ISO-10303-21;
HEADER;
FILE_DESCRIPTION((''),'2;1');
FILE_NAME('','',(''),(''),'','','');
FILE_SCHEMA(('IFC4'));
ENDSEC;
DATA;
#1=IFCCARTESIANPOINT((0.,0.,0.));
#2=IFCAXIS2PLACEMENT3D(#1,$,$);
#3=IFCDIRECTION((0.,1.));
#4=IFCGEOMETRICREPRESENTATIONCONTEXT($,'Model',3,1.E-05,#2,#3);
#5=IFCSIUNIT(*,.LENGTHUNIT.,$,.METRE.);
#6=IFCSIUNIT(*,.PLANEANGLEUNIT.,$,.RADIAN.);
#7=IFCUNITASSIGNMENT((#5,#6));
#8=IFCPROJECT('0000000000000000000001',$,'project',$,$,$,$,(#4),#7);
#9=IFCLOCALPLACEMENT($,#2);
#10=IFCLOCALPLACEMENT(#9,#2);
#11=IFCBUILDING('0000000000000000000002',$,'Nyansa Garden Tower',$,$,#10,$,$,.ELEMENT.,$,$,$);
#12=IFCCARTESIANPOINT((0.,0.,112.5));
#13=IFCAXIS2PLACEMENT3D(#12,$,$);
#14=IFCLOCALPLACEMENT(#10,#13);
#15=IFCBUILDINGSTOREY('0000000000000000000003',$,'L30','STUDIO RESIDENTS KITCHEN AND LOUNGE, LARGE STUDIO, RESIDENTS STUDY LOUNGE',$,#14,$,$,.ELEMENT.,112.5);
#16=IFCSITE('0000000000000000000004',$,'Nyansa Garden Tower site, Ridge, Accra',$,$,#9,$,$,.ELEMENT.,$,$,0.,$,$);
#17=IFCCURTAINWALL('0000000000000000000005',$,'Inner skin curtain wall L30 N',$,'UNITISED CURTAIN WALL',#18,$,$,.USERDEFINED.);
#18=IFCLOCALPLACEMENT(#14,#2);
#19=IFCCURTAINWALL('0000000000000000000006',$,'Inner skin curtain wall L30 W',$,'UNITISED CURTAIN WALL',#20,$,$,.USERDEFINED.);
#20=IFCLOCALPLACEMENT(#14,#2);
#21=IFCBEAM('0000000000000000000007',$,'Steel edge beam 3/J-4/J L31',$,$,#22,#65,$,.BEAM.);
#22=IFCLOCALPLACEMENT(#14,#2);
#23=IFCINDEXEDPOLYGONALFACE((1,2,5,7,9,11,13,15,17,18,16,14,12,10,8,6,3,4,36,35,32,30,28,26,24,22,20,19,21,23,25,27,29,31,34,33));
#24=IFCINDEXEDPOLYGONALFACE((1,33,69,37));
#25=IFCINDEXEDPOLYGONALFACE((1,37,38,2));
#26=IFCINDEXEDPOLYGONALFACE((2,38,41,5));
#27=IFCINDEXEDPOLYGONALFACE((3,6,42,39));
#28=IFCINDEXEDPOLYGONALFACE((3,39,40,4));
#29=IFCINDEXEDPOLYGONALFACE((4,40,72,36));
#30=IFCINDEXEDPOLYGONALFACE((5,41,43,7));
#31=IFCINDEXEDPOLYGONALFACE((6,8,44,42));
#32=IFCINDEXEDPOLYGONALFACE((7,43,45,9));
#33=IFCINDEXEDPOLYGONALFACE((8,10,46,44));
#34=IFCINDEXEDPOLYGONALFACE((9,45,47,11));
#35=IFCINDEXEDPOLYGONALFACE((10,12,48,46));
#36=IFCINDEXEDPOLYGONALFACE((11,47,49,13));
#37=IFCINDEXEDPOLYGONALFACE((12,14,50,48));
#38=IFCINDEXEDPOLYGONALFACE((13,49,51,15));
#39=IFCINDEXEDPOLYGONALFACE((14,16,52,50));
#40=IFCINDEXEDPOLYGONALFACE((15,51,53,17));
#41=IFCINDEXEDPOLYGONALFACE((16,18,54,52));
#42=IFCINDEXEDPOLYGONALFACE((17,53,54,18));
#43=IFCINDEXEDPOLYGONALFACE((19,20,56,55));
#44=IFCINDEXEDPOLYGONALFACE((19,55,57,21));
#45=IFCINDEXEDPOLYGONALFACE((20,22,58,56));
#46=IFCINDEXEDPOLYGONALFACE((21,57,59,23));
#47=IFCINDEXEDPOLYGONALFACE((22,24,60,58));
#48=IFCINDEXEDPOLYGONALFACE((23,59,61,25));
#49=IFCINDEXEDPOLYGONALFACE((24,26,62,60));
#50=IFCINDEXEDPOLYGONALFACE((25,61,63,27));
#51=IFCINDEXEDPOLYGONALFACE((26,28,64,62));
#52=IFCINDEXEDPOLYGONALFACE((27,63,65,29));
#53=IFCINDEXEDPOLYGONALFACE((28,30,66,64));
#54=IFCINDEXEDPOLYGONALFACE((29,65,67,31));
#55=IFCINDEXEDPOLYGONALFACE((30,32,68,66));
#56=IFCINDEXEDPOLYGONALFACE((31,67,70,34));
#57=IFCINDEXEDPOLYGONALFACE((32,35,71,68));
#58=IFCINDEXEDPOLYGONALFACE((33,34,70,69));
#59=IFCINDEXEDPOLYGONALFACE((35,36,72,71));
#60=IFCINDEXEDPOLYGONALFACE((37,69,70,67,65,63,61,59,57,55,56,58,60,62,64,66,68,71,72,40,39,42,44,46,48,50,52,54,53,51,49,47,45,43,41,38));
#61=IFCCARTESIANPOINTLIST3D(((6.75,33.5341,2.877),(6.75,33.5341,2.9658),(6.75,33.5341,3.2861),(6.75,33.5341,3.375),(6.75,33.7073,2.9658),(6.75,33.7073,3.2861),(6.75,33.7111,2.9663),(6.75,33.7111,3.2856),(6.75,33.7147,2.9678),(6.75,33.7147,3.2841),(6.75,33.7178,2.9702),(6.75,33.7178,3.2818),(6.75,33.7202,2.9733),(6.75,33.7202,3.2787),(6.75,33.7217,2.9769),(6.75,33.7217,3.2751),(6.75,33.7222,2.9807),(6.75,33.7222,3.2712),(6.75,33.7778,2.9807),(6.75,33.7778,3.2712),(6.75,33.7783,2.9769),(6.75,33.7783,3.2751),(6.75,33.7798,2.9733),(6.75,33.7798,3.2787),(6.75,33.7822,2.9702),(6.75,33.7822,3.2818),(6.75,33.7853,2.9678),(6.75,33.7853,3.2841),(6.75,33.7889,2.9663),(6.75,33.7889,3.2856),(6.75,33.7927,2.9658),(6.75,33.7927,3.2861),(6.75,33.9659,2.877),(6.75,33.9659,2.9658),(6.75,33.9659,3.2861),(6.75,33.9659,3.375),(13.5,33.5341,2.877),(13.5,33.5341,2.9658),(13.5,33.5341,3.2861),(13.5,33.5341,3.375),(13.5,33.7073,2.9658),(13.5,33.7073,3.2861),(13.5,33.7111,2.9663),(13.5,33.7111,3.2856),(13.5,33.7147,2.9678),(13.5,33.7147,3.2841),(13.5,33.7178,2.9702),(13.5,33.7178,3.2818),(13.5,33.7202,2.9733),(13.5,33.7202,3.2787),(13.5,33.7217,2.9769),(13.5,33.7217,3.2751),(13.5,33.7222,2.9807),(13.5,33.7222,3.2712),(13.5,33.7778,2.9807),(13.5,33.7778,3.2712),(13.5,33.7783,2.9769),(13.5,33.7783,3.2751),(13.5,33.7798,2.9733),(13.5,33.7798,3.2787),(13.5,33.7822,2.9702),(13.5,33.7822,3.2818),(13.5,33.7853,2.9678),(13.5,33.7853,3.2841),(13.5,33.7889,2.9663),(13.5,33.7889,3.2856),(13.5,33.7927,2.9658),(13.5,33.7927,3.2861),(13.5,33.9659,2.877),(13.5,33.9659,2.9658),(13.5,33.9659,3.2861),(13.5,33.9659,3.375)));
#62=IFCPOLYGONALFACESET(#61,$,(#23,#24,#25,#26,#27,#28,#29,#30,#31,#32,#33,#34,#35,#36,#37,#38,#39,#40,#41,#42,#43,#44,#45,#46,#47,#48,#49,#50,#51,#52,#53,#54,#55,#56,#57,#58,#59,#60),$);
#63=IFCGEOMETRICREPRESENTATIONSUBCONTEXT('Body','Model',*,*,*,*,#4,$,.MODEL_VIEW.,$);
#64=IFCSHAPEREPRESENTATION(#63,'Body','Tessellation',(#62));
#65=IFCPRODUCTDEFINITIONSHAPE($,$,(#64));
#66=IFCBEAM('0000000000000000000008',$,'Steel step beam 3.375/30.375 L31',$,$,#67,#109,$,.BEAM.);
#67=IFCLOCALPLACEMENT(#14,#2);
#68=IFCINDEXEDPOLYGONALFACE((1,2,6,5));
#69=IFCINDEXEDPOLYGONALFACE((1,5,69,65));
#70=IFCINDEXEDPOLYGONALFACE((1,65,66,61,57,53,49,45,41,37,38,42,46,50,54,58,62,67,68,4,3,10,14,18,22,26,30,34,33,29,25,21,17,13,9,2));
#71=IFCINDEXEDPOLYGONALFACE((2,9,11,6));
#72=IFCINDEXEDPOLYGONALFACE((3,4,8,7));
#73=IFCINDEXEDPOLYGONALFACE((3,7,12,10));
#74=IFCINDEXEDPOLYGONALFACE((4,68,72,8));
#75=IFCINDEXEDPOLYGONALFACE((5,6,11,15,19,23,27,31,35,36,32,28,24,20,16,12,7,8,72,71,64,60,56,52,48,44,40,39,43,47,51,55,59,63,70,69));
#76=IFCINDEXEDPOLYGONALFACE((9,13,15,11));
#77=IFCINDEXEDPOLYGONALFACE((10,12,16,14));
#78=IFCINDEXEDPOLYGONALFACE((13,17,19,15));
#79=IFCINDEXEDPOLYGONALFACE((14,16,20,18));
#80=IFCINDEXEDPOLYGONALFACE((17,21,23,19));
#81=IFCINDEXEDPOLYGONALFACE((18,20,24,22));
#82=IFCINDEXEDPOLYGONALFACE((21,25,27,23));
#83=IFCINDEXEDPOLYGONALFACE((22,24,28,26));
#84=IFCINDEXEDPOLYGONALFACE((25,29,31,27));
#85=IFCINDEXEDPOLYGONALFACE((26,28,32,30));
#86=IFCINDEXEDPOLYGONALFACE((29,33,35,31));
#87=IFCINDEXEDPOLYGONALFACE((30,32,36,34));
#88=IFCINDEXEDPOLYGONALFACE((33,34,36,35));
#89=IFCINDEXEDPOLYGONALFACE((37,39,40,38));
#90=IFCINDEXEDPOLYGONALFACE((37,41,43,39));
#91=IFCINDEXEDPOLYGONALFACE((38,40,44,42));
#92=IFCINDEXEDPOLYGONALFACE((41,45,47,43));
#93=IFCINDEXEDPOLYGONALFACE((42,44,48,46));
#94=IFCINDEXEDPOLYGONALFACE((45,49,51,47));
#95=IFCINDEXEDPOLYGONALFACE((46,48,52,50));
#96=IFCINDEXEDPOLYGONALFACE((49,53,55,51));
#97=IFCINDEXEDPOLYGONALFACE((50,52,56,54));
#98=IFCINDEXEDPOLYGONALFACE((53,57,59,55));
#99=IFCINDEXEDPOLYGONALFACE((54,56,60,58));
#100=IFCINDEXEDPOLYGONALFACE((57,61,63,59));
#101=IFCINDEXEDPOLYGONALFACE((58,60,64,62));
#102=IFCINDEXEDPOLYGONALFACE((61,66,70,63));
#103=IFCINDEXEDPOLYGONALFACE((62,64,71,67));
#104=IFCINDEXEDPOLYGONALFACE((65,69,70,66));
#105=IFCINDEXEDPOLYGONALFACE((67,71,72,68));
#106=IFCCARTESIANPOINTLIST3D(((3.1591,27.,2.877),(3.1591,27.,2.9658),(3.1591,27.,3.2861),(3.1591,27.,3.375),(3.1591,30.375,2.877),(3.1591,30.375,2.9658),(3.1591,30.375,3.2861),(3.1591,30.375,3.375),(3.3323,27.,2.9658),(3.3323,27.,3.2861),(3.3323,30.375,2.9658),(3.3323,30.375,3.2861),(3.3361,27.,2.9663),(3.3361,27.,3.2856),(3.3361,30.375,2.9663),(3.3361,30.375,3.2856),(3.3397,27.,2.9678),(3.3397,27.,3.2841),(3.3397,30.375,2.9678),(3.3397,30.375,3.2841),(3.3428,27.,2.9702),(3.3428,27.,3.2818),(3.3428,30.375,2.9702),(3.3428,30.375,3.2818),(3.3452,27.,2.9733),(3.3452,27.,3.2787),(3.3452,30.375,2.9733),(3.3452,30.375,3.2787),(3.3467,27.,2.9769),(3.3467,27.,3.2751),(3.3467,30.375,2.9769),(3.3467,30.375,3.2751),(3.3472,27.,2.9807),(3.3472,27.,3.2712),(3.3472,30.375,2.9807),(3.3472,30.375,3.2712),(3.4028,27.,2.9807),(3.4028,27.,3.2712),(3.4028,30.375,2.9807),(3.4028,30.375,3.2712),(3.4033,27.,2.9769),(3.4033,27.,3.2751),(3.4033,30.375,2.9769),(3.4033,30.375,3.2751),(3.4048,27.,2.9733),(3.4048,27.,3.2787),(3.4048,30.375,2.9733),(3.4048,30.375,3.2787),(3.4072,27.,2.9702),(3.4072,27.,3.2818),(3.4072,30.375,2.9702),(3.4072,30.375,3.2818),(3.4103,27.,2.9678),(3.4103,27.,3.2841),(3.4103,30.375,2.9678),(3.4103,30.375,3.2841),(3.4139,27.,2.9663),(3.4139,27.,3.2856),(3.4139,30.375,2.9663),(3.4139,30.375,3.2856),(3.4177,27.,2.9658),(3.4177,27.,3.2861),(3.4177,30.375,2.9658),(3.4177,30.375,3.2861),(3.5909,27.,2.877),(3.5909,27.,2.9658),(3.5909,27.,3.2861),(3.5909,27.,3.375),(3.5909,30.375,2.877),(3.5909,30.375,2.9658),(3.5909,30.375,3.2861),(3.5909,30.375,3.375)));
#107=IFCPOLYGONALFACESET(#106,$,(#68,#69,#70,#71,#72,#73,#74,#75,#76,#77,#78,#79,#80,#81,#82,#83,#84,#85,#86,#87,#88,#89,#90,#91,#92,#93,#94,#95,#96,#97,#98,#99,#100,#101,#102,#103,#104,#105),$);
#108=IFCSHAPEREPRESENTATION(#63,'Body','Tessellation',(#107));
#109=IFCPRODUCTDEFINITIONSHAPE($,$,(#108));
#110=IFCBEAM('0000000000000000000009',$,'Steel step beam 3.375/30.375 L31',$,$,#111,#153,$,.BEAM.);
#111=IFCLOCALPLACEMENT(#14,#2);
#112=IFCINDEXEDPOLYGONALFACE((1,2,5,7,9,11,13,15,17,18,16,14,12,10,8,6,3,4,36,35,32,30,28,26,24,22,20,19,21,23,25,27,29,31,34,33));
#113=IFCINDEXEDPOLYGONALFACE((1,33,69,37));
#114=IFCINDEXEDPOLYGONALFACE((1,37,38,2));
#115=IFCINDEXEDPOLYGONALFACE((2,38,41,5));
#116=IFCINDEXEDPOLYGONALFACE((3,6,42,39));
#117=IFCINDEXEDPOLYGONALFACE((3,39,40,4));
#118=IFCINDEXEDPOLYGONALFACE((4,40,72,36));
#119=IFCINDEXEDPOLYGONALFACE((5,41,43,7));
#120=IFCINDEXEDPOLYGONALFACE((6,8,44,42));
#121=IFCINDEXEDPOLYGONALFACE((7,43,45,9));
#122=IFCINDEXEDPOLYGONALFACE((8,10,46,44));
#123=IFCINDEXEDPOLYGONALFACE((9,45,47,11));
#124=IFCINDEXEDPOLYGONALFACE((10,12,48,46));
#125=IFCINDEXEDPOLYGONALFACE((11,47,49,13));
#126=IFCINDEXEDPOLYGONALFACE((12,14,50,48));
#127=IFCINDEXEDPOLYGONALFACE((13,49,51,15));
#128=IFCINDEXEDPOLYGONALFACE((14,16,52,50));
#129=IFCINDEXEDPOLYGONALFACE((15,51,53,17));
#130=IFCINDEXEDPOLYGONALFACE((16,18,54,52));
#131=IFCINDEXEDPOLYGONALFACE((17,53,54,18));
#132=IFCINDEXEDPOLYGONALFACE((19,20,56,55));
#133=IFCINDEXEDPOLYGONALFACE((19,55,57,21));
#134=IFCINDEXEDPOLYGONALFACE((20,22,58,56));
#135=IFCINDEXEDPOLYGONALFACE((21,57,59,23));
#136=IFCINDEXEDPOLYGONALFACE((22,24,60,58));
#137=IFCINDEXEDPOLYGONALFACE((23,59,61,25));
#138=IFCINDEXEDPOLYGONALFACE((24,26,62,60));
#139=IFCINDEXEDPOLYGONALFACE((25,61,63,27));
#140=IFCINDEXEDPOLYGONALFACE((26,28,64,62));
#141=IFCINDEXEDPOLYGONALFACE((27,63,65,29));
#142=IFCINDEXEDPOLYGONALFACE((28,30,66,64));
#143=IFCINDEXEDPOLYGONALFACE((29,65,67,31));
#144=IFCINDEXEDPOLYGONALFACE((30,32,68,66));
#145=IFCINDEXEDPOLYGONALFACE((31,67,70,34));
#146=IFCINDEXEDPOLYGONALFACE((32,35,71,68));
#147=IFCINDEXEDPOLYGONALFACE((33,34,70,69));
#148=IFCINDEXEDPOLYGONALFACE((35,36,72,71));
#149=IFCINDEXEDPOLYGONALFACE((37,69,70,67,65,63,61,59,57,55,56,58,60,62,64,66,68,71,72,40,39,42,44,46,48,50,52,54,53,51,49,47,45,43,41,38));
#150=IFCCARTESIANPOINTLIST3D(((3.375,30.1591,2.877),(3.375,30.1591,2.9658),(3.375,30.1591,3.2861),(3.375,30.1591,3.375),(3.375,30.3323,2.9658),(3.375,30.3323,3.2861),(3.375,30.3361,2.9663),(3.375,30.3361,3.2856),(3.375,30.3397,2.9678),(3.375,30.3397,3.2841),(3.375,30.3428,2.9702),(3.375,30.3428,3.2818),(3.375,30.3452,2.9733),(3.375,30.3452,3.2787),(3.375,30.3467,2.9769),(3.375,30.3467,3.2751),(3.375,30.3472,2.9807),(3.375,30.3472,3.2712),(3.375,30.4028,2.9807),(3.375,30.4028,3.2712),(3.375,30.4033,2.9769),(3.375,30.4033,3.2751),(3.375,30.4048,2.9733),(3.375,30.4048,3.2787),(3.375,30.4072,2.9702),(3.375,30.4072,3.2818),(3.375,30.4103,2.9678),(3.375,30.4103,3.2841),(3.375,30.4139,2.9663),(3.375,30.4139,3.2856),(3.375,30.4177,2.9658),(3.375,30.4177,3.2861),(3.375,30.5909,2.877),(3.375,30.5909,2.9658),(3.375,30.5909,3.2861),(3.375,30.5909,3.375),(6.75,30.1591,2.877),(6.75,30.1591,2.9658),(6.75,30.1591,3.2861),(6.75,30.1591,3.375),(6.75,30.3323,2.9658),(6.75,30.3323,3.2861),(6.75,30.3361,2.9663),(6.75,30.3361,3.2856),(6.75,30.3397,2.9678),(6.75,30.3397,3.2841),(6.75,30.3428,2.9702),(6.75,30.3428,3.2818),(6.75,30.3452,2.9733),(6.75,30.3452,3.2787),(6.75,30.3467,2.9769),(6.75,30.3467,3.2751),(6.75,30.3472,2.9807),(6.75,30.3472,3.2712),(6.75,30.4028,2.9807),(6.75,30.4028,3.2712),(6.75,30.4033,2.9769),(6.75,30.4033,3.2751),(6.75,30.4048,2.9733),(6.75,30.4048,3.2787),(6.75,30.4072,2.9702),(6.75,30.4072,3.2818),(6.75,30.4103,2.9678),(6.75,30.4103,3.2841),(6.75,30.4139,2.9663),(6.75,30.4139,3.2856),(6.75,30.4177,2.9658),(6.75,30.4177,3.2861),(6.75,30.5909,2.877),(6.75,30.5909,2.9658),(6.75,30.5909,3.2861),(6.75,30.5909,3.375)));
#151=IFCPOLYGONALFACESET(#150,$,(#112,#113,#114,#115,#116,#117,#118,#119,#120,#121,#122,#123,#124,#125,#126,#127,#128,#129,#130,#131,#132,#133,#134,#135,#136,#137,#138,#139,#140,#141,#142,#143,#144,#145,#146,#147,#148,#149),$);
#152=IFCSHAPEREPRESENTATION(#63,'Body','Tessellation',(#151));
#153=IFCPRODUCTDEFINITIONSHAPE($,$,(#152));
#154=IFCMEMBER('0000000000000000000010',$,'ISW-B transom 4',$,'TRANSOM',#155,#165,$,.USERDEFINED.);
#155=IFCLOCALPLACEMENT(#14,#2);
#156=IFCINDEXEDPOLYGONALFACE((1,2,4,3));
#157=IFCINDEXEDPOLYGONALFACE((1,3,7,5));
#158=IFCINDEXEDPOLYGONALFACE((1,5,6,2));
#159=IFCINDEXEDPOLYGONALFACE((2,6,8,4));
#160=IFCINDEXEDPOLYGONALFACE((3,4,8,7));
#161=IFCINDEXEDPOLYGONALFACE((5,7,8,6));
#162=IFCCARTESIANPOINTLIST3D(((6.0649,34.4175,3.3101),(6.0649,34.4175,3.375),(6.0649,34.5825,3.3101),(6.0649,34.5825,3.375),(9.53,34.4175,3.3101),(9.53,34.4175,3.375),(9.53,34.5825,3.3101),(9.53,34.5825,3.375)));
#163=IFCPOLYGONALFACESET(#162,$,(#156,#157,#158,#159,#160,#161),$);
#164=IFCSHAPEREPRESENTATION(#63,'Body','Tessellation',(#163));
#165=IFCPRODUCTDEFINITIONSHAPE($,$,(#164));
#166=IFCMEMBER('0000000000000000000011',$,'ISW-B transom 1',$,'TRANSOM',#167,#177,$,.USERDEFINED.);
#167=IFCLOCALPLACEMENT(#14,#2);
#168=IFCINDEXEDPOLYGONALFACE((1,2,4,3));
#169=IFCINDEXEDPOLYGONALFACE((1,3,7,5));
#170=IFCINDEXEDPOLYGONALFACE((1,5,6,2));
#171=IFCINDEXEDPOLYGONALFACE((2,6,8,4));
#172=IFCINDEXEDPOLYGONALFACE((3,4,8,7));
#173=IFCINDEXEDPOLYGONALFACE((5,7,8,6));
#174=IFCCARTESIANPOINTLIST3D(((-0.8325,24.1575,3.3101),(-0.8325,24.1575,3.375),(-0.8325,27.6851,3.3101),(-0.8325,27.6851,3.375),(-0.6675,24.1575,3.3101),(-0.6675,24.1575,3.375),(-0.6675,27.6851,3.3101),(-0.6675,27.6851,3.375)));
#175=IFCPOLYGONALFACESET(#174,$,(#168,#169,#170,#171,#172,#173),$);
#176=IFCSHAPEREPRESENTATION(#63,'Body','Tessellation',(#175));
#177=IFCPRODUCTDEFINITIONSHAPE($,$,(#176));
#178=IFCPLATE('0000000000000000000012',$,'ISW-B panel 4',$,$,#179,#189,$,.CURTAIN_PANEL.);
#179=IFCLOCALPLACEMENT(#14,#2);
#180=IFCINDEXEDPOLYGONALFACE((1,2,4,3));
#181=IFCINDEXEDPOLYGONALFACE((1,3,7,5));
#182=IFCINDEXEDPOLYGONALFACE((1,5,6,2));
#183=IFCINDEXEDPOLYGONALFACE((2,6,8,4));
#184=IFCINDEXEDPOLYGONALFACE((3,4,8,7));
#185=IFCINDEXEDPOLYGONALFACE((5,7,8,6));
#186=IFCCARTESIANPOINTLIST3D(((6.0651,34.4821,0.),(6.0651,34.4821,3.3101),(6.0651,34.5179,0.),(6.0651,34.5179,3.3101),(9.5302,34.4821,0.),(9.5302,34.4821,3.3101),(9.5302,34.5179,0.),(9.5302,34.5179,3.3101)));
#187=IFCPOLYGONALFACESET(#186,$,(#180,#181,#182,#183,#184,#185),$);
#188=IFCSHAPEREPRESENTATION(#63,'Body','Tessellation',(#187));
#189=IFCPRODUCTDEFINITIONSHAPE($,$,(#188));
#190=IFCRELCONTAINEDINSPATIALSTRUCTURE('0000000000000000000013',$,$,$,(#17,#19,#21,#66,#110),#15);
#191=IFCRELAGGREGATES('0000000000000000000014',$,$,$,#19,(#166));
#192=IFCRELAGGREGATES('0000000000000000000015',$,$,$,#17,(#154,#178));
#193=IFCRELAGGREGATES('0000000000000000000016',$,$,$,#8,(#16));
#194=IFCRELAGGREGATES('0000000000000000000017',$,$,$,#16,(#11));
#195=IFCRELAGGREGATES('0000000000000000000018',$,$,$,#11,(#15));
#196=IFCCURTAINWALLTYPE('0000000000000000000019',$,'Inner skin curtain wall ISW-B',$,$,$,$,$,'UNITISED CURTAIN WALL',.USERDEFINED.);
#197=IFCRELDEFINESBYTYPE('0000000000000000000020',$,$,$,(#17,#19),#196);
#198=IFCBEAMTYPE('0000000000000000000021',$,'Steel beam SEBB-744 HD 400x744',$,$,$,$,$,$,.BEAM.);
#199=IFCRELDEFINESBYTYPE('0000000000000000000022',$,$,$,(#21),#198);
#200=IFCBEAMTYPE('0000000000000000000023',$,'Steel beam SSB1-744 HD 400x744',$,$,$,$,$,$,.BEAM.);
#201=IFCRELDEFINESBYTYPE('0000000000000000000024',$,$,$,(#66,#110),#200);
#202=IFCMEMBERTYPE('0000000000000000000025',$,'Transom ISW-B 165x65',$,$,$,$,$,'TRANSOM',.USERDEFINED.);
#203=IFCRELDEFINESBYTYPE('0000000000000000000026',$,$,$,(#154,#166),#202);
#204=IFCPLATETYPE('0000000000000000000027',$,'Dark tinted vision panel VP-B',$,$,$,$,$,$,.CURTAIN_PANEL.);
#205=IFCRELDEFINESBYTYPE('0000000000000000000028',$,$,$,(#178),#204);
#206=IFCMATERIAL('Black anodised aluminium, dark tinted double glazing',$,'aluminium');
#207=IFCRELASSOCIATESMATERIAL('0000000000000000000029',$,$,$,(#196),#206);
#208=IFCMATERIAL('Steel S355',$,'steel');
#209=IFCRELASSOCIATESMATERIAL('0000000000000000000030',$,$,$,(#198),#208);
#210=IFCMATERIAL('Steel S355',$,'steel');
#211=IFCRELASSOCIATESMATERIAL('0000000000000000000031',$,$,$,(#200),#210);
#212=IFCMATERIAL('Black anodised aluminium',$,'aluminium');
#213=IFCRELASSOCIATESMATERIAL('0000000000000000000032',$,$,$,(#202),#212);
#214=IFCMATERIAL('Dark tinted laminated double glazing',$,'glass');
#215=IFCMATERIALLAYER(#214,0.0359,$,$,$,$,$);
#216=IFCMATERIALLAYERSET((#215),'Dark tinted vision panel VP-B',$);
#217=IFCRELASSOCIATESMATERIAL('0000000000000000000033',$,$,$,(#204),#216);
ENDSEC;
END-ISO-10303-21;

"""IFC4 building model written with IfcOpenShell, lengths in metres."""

from ifc_helpers import new_model, si_unit, direction, frame, origin, origin_2d, place, context, subcontext, project, spatial, rectangle, i_section, extrude, material, layer, layer_set, material_profile, profile_set, type_object, element, aggregate, save


model = new_model("IFC4")

# Units and contexts
model_context = context("Model", 3, precision=1e-05, world=origin(), true_north=direction((0.0, 1.0)))
body_context = subcontext(model_context, "Body", "Model", "MODEL_VIEW")
ifc_project = project(units=[si_unit("LENGTHUNIT", "METRE"), si_unit("PLANEANGLEUNIT", "RADIAN")], contexts=[model_context])

# Site, building, storey
site_placement = place(None, origin())
site = spatial("IfcSite", under=ifc_project, at=site_placement, Name="Nyansa Garden Tower site, Ridge, Accra", CompositionType="ELEMENT", RefElevation=0.0)
building_placement = place(site_placement, origin())
building = spatial("IfcBuilding", under=site, at=building_placement, Name="Nyansa Garden Tower", CompositionType="ELEMENT")
storey_placement = place(building_placement, frame((0.0, 0.0, 112.5)))
storey = spatial("IfcBuildingStorey", under=building, at=storey_placement, Name="L30", Description="STUDIO RESIDENTS KITCHEN AND LOUNGE, LARGE STUDIO, RESIDENTS STUDY LOUNGE", CompositionType="ELEMENT", Elevation=112.5)

# Curtain wall
ifc_material_1 = material(Name="Black anodised aluminium, dark tinted double glazing", Category="aluminium")
curtain_wall_type = type_object("IfcCurtainWallType", Name="Inner skin curtain wall ISW-B", ElementType="UNITISED CURTAIN WALL", PredefinedType="USERDEFINED", material=ifc_material_1)
curtain_wall_1_placement = place(storey_placement, origin())
curtain_wall_1 = element("IfcCurtainWall", 1, at=curtain_wall_1_placement, inside=storey, type_object=curtain_wall_type, Name="Inner skin curtain wall L30 N", ObjectType="UNITISED CURTAIN WALL", PredefinedType="USERDEFINED")

# Curtain wall
curtain_wall_2_placement = place(storey_placement, origin())
curtain_wall_2 = element("IfcCurtainWall", 2, at=curtain_wall_2_placement, inside=storey, type_object=curtain_wall_type, Name="Inner skin curtain wall L30 W", ObjectType="UNITISED CURTAIN WALL", PredefinedType="USERDEFINED")

# Beams
ifc_material_2 = material(Name="Steel S355", Category="steel")
ifc_material_profile_1 = material_profile(ifc_material_2, i_section(OverallWidth=0.4319, OverallDepth=0.498, WebThickness=0.0557, FlangeThickness=0.0889, FilletRadius=0.0149, at=origin_2d()), Name="HD 400x744")
ifc_profile_set_1 = profile_set([ifc_material_profile_1], Name="Steel S355")
beam_type_1 = type_object("IfcBeamType", Name="Steel beam SEBB-744 HD 400x744", PredefinedType="BEAM", material=ifc_profile_set_1)
beam_1_placement = place(storey_placement, frame((6.75, 33.75, 3.126), z_axis=(1.0, 0.0, 0.0), x_axis=(0.0, 1.0, 0.0)))
element("IfcBeam", 3, at=beam_1_placement, inside=storey, type_object=beam_type_1, Name="Steel edge beam 3/J-4/J L31", PredefinedType="BEAM", context=body_context, shape_type="SweptSolid", body=[
    extrude(i_section(OverallWidth=0.4319, OverallDepth=0.498, WebThickness=0.0557, FlangeThickness=0.0889, FilletRadius=0.0149, at=origin_2d()), origin(), (0.0, 0.0, 1.0), 6.75),
])
ifc_material_3 = material(Name="Steel S355", Category="steel")
ifc_material_profile_2 = material_profile(ifc_material_3, i_section(OverallWidth=0.4319, OverallDepth=0.498, WebThickness=0.0557, FlangeThickness=0.0889, FilletRadius=0.0149, at=origin_2d()), Name="HD 400x744")
ifc_profile_set_2 = profile_set([ifc_material_profile_2], Name="Steel S355")
beam_type_2 = type_object("IfcBeamType", Name="Steel beam SSB1-744 HD 400x744", PredefinedType="BEAM", material=ifc_profile_set_2)
for number, where, z_axis, x_axis, name in (
    (4, (3.375, 30.375, 3.126), (0.0, -1.0, 0.0), (1.0, 0.0, 0.0), "Steel step beam 3.375/30.375 L31"),
    (5, (3.375, 30.375, 3.126), (1.0, 0.0, 0.0), (0.0, 1.0, 0.0), "Steel step beam 3.375/30.375 L31"),
):
    element("IfcBeam", number, at=place(storey_placement, frame(where, z_axis=z_axis, x_axis=x_axis)), inside=storey, type_object=beam_type_2, Name=name, PredefinedType="BEAM", context=body_context, shape_type="SweptSolid", body=[
        extrude(i_section(OverallWidth=0.4319, OverallDepth=0.498, WebThickness=0.0557, FlangeThickness=0.0889, FilletRadius=0.0149, at=origin_2d()), origin(), (0.0, 0.0, 1.0), 3.375),
    ])

# Members
ifc_material_4 = material(Name="Black anodised aluminium", Category="aluminium")
ifc_material_profile_3 = material_profile(ifc_material_4, rectangle(XDim=0.165, YDim=0.0649, at=origin_2d()), Name="Transom 165x65")
ifc_profile_set_3 = profile_set([ifc_material_profile_3], Name="Black anodised aluminium")
member_type_1 = type_object("IfcMemberType", Name="Transom ISW-B 165x65", ElementType="TRANSOM", PredefinedType="USERDEFINED", material=ifc_profile_set_3)
member_1_placement = place(storey_placement, frame((9.53, 34.5, 3.3425), z_axis=(-1.0, 0.0, 0.0), x_axis=(0.0, -1.0, 0.0)))
member_1 = element("IfcMember", 6, at=member_1_placement, type_object=member_type_1, Name="ISW-B transom 4", ObjectType="TRANSOM", PredefinedType="USERDEFINED", context=body_context, shape_type="SweptSolid", body=[
    extrude(rectangle(XDim=0.165, YDim=0.0649, at=origin_2d()), origin(), (0.0, 0.0, 1.0), 3.4651),
])
member_2_placement = place(storey_placement, frame((-0.75, 27.6851, 3.3425), z_axis=(0.0, -1.0, 0.0), x_axis=(1.0, 0.0, 0.0)))
member_2 = element("IfcMember", 7, at=member_2_placement, type_object=member_type_1, Name="ISW-B transom 1", ObjectType="TRANSOM", PredefinedType="USERDEFINED", context=body_context, shape_type="SweptSolid", body=[
    extrude(rectangle(XDim=0.165, YDim=0.0649, at=origin_2d()), origin(), (0.0, 0.0, 1.0), 3.5276),
])
aggregate(curtain_wall_2, [member_2])

# Plate
ifc_material_5 = material(Name="Dark tinted laminated double glazing", Category="glass")
ifc_layer_1 = layer(ifc_material_5, 0.0359)
ifc_layer_set_1 = layer_set([ifc_layer_1], Name="Dark tinted vision panel VP-B")
plate_type = type_object("IfcPlateType", Name="Dark tinted vision panel VP-B", PredefinedType="CURTAIN_PANEL", material=ifc_layer_set_1)
plate_placement = place(storey_placement, frame((7.7976, 34.5, 0.0), z_axis=(0.0, 0.0, 1.0), x_axis=(-1.0, 0.0, 0.0)))
plate = element("IfcPlate", 8, at=plate_placement, type_object=plate_type, Name="ISW-B panel 4", PredefinedType="CURTAIN_PANEL", context=body_context, shape_type="SweptSolid", body=[
    extrude(rectangle(XDim=3.4651, YDim=0.0359, at=origin_2d()), origin(), (0.0, 0.0, 1.0), 3.3101),
])
aggregate(curtain_wall_1, [member_1, plate])

save(model, "model.ifc")
